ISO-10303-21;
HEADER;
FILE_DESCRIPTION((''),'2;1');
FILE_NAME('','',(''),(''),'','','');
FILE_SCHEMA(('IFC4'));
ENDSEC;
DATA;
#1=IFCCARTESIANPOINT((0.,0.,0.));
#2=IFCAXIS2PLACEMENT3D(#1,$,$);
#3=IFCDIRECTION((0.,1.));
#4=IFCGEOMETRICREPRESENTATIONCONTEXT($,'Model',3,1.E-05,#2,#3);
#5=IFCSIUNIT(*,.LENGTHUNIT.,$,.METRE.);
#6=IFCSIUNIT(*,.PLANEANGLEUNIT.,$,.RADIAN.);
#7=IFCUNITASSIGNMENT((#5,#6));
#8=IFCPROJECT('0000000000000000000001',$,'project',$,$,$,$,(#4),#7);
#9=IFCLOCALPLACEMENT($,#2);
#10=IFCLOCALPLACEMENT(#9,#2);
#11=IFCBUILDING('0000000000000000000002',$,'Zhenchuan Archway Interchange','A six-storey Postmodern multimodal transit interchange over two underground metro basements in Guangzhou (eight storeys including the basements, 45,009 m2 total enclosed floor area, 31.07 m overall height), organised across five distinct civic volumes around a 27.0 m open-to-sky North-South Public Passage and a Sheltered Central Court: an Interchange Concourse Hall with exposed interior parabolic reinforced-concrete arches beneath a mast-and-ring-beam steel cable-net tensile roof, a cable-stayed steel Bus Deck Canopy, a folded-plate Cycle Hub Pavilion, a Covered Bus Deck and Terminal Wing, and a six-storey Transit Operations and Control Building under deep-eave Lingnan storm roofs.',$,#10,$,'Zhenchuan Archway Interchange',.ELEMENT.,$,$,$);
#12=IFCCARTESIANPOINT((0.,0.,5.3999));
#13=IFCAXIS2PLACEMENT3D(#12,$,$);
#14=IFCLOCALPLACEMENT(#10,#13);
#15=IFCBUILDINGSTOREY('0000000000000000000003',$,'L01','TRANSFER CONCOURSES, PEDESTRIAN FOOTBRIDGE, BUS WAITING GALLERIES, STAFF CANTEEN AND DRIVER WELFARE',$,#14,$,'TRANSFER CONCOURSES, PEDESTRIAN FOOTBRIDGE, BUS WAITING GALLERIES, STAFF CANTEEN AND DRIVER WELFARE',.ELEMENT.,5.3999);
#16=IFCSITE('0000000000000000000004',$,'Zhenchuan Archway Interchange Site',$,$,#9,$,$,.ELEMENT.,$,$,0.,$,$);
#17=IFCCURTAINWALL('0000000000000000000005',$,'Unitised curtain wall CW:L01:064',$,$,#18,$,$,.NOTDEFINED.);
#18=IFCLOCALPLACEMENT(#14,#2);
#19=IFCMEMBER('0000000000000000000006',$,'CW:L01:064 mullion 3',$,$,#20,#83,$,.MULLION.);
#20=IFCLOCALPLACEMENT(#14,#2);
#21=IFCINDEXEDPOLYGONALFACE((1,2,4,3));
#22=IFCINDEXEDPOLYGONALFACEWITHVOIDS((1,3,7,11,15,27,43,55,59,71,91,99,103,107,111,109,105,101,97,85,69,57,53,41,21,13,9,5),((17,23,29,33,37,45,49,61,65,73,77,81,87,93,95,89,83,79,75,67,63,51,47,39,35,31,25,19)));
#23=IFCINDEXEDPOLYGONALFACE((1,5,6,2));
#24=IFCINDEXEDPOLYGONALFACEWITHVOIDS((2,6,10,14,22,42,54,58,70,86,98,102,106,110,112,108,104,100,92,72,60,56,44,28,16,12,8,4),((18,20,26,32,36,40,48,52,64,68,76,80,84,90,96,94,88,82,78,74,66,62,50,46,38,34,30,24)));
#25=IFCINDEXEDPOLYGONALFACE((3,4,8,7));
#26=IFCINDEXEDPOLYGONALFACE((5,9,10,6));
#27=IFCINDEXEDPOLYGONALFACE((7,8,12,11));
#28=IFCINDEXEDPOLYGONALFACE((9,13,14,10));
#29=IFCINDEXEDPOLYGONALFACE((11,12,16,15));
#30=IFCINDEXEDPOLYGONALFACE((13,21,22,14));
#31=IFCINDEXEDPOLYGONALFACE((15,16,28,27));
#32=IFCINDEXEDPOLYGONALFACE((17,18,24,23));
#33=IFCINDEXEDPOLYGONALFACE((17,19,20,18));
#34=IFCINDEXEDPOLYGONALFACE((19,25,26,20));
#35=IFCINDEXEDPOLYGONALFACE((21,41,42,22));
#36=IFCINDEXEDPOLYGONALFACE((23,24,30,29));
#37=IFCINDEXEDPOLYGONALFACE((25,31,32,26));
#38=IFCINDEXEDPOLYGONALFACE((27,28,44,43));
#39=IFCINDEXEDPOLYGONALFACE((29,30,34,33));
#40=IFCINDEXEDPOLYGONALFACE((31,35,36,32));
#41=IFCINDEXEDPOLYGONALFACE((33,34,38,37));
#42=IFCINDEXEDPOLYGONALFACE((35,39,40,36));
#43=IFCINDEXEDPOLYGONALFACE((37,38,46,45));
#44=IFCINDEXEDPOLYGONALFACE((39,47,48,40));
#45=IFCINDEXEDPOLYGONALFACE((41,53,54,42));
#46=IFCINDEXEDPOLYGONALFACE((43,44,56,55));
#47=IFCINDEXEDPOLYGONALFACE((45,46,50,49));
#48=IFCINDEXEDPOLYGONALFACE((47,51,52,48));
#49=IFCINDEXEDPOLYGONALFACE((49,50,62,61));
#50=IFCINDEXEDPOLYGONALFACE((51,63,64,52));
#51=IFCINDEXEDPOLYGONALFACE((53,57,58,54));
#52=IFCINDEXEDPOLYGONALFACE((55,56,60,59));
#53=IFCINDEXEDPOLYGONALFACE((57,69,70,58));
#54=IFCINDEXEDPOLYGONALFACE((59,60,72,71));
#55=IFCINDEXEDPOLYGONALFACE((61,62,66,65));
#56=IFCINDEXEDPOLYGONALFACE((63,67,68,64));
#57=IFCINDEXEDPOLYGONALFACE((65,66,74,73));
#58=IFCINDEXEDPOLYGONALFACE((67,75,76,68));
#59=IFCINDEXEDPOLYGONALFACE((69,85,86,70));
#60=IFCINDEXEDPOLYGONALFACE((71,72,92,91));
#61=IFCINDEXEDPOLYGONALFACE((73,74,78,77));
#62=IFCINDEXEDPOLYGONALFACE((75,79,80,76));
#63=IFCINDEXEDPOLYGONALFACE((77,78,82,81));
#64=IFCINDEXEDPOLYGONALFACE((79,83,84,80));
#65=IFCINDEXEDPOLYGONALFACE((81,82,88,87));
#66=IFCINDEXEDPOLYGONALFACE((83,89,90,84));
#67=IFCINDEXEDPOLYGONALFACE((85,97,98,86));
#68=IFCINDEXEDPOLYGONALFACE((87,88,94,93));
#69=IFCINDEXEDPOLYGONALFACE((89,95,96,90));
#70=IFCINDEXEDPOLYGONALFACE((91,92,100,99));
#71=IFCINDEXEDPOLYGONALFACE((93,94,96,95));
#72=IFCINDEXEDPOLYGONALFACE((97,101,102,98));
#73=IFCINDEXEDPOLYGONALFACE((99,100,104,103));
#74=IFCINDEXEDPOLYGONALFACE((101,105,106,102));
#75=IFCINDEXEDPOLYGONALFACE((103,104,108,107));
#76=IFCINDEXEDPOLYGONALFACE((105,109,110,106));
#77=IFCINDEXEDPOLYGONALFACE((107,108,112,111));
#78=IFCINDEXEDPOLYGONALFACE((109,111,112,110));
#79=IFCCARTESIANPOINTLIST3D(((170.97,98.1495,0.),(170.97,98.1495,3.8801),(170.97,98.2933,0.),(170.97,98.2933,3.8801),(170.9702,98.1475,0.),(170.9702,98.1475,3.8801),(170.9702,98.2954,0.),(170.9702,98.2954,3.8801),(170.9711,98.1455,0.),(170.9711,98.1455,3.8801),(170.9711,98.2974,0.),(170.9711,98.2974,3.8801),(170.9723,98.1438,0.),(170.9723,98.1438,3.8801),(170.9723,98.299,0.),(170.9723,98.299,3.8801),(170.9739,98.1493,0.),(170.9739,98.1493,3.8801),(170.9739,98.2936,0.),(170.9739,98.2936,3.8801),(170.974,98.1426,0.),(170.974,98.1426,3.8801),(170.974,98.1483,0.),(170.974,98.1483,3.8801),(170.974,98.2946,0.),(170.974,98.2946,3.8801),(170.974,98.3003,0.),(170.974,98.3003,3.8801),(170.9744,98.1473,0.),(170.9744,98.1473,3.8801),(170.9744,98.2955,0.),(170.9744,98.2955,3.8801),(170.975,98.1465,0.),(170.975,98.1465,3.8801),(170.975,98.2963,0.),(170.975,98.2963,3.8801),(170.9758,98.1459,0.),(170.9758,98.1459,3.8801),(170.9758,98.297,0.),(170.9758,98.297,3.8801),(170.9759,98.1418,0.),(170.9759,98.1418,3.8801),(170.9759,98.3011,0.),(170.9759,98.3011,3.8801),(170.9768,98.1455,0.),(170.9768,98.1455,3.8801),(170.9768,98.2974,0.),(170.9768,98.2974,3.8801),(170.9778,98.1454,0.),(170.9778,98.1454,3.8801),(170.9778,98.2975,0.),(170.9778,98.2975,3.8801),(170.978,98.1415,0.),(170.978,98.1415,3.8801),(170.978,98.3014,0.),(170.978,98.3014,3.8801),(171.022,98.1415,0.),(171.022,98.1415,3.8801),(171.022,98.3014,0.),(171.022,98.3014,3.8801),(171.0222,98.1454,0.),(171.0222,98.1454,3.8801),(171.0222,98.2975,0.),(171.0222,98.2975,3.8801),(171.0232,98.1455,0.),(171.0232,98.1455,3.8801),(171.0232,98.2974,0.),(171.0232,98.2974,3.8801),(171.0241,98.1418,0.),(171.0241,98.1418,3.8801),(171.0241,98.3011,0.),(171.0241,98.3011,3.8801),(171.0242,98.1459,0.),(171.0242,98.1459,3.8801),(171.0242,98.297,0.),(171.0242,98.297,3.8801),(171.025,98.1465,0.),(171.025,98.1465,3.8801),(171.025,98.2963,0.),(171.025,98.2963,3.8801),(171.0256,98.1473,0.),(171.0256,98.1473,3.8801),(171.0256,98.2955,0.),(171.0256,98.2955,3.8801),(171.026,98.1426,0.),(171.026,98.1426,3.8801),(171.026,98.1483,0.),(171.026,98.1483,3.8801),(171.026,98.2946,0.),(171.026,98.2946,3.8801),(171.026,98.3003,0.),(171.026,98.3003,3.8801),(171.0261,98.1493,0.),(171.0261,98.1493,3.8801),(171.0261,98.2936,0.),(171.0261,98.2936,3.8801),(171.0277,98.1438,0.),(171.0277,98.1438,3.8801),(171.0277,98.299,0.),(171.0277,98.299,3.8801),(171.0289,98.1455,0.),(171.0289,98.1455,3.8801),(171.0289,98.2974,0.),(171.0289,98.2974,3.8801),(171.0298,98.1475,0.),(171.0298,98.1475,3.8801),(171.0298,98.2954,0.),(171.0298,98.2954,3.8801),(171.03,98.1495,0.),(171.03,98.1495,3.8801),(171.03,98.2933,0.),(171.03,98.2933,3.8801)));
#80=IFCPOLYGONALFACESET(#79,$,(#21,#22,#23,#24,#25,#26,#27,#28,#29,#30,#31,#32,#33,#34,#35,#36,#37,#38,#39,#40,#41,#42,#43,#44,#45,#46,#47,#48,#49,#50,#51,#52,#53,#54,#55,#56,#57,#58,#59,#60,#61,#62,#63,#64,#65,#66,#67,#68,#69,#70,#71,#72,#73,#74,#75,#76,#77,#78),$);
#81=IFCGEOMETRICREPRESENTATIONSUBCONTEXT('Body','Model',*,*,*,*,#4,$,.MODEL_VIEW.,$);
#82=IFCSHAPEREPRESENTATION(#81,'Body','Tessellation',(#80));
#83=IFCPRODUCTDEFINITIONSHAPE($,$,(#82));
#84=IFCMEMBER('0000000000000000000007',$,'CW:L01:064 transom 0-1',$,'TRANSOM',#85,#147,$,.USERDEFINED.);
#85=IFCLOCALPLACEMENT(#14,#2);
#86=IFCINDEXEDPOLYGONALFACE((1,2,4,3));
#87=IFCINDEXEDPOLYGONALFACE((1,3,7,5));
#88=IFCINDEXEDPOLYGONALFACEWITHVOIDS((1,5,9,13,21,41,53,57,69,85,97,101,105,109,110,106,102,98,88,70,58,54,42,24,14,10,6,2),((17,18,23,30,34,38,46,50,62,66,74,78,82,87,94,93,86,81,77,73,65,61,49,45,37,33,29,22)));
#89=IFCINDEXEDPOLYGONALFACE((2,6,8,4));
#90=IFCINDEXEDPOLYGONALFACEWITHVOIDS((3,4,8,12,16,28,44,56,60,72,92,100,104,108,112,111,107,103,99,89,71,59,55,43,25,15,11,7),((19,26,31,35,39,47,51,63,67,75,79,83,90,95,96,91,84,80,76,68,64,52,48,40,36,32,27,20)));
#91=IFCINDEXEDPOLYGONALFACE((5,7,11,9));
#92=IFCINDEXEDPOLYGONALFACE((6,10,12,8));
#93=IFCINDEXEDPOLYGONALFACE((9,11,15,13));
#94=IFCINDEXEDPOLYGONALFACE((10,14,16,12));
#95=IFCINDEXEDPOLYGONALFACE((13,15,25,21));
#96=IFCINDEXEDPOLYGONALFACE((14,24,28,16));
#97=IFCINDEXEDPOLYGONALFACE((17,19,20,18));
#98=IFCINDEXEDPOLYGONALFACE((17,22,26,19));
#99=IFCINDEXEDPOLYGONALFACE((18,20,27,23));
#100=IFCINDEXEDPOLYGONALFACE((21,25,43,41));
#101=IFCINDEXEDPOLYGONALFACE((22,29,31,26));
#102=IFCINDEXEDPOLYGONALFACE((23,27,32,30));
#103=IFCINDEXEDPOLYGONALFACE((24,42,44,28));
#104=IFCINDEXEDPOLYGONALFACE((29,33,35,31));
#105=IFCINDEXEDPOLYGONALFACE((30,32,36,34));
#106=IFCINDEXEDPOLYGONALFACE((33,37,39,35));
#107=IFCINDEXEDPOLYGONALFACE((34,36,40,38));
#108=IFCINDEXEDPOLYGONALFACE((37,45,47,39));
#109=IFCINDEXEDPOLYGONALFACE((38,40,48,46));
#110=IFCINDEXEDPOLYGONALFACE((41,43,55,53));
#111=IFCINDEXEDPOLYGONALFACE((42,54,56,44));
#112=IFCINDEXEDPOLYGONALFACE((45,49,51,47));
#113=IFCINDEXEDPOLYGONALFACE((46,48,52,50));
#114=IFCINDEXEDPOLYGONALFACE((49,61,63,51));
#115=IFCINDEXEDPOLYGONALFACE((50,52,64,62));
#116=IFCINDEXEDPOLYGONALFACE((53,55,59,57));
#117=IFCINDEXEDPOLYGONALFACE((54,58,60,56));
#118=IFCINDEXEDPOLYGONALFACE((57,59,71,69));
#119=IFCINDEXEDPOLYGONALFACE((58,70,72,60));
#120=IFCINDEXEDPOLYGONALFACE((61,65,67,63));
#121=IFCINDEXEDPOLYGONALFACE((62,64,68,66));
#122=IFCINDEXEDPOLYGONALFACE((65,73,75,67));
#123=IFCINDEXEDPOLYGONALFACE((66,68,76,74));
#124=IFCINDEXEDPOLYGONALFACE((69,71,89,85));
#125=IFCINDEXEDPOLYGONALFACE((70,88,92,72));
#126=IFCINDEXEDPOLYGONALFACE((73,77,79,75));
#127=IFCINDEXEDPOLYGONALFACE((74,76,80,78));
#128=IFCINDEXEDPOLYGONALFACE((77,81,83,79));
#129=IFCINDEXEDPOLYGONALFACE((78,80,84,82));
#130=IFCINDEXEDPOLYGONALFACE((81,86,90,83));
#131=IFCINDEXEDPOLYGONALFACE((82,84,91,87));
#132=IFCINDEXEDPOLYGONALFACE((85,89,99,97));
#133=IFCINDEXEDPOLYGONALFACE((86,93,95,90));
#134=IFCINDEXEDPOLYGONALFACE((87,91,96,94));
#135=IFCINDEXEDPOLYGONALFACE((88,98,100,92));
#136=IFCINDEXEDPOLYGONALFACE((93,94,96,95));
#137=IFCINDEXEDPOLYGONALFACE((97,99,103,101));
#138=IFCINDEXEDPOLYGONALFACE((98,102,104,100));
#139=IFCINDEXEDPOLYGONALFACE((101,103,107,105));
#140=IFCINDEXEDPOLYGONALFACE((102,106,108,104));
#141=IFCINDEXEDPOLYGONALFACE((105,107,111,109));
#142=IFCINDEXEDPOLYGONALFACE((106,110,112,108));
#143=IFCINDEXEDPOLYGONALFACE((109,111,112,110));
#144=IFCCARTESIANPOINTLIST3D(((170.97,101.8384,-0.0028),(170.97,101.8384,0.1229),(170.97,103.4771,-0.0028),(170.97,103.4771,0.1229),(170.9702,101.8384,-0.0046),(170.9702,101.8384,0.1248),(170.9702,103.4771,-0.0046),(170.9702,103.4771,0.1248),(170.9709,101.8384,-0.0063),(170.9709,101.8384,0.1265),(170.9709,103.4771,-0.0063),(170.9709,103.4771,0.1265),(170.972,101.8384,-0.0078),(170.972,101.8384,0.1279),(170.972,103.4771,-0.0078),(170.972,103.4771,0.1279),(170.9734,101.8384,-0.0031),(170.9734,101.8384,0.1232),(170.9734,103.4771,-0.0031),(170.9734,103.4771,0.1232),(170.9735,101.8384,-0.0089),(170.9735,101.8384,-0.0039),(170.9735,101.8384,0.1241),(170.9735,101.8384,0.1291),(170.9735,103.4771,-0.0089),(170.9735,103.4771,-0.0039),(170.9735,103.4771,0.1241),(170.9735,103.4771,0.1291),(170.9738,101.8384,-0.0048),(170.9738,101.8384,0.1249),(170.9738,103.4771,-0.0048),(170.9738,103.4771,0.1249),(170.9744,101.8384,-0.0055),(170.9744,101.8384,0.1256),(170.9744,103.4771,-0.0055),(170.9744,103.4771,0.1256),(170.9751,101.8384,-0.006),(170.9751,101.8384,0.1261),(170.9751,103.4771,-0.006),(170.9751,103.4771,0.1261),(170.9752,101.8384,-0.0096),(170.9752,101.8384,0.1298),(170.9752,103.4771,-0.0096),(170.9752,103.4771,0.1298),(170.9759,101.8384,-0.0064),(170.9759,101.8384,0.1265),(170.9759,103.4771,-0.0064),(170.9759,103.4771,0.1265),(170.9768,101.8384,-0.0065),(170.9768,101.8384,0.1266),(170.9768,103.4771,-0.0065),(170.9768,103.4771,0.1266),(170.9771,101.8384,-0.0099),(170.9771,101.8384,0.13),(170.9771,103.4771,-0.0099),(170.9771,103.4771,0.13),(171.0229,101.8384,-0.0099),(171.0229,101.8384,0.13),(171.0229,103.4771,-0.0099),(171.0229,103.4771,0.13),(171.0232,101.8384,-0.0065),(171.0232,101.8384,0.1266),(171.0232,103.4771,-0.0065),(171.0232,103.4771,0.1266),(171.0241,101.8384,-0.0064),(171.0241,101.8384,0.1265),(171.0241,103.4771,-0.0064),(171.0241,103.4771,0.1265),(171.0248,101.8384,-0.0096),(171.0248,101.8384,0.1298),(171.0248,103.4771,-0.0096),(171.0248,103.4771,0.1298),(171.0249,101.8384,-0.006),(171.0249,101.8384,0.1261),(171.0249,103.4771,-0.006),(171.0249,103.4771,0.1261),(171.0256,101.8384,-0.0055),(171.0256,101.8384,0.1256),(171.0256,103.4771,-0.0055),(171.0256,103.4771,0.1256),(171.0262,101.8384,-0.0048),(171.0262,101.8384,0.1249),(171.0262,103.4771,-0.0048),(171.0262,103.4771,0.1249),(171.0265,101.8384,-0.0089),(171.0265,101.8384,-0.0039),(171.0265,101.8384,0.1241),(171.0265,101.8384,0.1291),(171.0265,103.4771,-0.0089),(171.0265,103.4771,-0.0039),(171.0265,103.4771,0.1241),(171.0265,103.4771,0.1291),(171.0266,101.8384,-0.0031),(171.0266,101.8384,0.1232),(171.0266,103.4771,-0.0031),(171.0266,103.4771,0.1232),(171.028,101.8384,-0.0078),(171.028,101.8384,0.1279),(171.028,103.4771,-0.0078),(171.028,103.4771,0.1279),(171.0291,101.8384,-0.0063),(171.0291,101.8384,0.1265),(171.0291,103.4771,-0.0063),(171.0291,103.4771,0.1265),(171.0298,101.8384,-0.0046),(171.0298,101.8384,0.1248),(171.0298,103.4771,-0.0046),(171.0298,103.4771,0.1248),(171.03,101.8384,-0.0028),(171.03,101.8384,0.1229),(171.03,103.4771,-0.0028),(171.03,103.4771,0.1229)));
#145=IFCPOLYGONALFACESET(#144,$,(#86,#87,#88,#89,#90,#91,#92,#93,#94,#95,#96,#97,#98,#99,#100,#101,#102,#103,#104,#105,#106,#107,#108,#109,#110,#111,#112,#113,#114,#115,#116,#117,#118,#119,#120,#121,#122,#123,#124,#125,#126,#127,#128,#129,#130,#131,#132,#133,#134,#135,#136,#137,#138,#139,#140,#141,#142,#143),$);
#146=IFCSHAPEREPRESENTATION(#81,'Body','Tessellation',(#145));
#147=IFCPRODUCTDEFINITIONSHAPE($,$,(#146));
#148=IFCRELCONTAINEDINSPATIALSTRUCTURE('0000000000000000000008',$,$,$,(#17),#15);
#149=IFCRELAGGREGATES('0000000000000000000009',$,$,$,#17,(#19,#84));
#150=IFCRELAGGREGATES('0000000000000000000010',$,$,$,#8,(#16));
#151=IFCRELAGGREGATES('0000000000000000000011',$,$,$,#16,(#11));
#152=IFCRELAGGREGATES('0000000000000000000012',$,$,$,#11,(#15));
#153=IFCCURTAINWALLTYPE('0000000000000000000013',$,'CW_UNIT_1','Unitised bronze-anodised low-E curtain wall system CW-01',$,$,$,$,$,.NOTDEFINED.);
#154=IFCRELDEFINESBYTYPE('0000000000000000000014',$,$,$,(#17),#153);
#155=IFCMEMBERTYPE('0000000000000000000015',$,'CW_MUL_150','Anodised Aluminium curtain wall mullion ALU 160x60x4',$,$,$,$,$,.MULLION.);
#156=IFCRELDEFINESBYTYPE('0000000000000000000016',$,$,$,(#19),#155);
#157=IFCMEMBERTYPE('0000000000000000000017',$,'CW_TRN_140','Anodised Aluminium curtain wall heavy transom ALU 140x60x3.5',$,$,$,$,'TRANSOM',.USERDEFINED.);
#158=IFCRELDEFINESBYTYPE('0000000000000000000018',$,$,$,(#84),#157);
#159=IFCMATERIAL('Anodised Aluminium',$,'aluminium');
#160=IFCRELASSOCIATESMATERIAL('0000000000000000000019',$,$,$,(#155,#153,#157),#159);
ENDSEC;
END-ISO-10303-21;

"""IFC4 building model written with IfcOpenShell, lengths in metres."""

from ifc_helpers import new_model, si_unit, direction, frame, origin, origin_2d, place, context, subcontext, project, spatial, hollow_rectangle, extrude, material, material_profile, profile_set, type_object, element, aggregate, save


model = new_model("IFC4")

# Units and contexts
model_context = context("Model", 3, precision=1e-05, world=origin(), true_north=direction((0.0, 1.0)))
body_context = subcontext(model_context, "Body", "Model", "MODEL_VIEW")
ifc_project = project(units=[si_unit("LENGTHUNIT", "METRE"), si_unit("PLANEANGLEUNIT", "RADIAN")], contexts=[model_context])

# Site, building, storey
site_placement = place(None, origin())
site = spatial("IfcSite", under=ifc_project, at=site_placement, Name="Zhenchuan Archway Interchange Site", CompositionType="ELEMENT", RefElevation=0.0)
building_placement = place(site_placement, origin())
building = spatial("IfcBuilding", under=site, at=building_placement, Name="Zhenchuan Archway Interchange", Description="A six-storey Postmodern multimodal transit interchange over two underground metro basements in Guangzhou (eight storeys including the basements, 45,009 m2 total enclosed floor area, 31.07 m overall height), organised across five distinct civic volumes around a 27.0 m open-to-sky North-South Public Passage and a Sheltered Central Court: an Interchange Concourse Hall with exposed interior parabolic reinforced-concrete arches beneath a mast-and-ring-beam steel cable-net tensile roof, a cable-stayed steel Bus Deck Canopy, a folded-plate Cycle Hub Pavilion, a Covered Bus Deck and Terminal Wing, and a six-storey Transit Operations and Control Building under deep-eave Lingnan storm roofs.", LongName="Zhenchuan Archway Interchange", CompositionType="ELEMENT")
storey_placement = place(building_placement, frame((0.0, 0.0, 5.3999)))
storey = spatial("IfcBuildingStorey", under=building, at=storey_placement, Name="L01", Description="TRANSFER CONCOURSES, PEDESTRIAN FOOTBRIDGE, BUS WAITING GALLERIES, STAFF CANTEEN AND DRIVER WELFARE", LongName="TRANSFER CONCOURSES, PEDESTRIAN FOOTBRIDGE, BUS WAITING GALLERIES, STAFF CANTEEN AND DRIVER WELFARE", CompositionType="ELEMENT", Elevation=5.3999)

# Shared definitions
ifc_material_1 = material(Name="Anodised Aluminium", Category="aluminium")
ifc_material_profile_1 = material_profile(ifc_material_1, hollow_rectangle(XDim=0.0601, YDim=0.1599, WallThickness=0.0039, InnerFilletRadius=0.0039, OuterFilletRadius=0.0081, at=origin_2d()), Name="ALU 160x60x4")
ifc_profile_set_1 = profile_set([ifc_material_profile_1], Name="Anodised Aluminium")
member_type_1 = type_object("IfcMemberType", Name="CW_MUL_150", Description="Anodised Aluminium curtain wall mullion ALU 160x60x4", PredefinedType="MULLION", material=ifc_profile_set_1)

# Curtain wall, members
curtain_wall_type_1 = type_object("IfcCurtainWallType", Name="CW_UNIT_1", Description="Unitised bronze-anodised low-E curtain wall system CW-01", PredefinedType="NOTDEFINED", material=ifc_material_1)
curtain_wall_1_placement = place(storey_placement, origin())
curtain_wall_1 = element("IfcCurtainWall", 1, at=curtain_wall_1_placement, inside=storey, type_object=curtain_wall_type_1, Name="Unitised curtain wall CW:L01:064", PredefinedType="NOTDEFINED")
member_1_placement = place(storey_placement, frame((171.0, 98.2214, 0.0), z_axis=(0.0, 0.0, 1.0), x_axis=(1.0, 0.0, 0.0)))
member_1 = element("IfcMember", 2, at=member_1_placement, type_object=member_type_1, Name="CW:L01:064 mullion 3", PredefinedType="MULLION", context=body_context, shape_type="SweptSolid", body=[
    extrude(hollow_rectangle(XDim=0.0601, YDim=0.1599, WallThickness=0.0039, InnerFilletRadius=0.0039, OuterFilletRadius=0.0081, at=origin_2d()), origin(), (0.0, 0.0, 1.0), 3.8801),
])
ifc_material_profile_2 = material_profile(ifc_material_1, hollow_rectangle(XDim=0.0601, YDim=0.1399, WallThickness=0.0034, InnerFilletRadius=0.0034, OuterFilletRadius=0.0071, at=origin_2d()), Name="ALU 140x60x3.5")
ifc_profile_set_2 = profile_set([ifc_material_profile_2], Name="Anodised Aluminium")
member_type_2 = type_object("IfcMemberType", Name="CW_TRN_140", Description="Anodised Aluminium curtain wall heavy transom ALU 140x60x3.5", ElementType="TRANSOM", PredefinedType="USERDEFINED", material=ifc_profile_set_2)
member_2_placement = place(storey_placement, frame((171.0, 103.4771, 0.0601), z_axis=(0.0, -1.0, 0.0), x_axis=(1.0, 0.0, 0.0)))
member_2 = element("IfcMember", 3, at=member_2_placement, type_object=member_type_2, Name="CW:L01:064 transom 0-1", ObjectType="TRANSOM", PredefinedType="USERDEFINED", context=body_context, shape_type="SweptSolid", body=[
    extrude(hollow_rectangle(XDim=0.0601, YDim=0.1399, WallThickness=0.0034, InnerFilletRadius=0.0034, OuterFilletRadius=0.0071, at=origin_2d()), origin(), (0.0, 0.0, 1.0), 1.6387),
])

aggregate(curtain_wall_1, [member_1, member_2])

save(model, "model.ifc")
